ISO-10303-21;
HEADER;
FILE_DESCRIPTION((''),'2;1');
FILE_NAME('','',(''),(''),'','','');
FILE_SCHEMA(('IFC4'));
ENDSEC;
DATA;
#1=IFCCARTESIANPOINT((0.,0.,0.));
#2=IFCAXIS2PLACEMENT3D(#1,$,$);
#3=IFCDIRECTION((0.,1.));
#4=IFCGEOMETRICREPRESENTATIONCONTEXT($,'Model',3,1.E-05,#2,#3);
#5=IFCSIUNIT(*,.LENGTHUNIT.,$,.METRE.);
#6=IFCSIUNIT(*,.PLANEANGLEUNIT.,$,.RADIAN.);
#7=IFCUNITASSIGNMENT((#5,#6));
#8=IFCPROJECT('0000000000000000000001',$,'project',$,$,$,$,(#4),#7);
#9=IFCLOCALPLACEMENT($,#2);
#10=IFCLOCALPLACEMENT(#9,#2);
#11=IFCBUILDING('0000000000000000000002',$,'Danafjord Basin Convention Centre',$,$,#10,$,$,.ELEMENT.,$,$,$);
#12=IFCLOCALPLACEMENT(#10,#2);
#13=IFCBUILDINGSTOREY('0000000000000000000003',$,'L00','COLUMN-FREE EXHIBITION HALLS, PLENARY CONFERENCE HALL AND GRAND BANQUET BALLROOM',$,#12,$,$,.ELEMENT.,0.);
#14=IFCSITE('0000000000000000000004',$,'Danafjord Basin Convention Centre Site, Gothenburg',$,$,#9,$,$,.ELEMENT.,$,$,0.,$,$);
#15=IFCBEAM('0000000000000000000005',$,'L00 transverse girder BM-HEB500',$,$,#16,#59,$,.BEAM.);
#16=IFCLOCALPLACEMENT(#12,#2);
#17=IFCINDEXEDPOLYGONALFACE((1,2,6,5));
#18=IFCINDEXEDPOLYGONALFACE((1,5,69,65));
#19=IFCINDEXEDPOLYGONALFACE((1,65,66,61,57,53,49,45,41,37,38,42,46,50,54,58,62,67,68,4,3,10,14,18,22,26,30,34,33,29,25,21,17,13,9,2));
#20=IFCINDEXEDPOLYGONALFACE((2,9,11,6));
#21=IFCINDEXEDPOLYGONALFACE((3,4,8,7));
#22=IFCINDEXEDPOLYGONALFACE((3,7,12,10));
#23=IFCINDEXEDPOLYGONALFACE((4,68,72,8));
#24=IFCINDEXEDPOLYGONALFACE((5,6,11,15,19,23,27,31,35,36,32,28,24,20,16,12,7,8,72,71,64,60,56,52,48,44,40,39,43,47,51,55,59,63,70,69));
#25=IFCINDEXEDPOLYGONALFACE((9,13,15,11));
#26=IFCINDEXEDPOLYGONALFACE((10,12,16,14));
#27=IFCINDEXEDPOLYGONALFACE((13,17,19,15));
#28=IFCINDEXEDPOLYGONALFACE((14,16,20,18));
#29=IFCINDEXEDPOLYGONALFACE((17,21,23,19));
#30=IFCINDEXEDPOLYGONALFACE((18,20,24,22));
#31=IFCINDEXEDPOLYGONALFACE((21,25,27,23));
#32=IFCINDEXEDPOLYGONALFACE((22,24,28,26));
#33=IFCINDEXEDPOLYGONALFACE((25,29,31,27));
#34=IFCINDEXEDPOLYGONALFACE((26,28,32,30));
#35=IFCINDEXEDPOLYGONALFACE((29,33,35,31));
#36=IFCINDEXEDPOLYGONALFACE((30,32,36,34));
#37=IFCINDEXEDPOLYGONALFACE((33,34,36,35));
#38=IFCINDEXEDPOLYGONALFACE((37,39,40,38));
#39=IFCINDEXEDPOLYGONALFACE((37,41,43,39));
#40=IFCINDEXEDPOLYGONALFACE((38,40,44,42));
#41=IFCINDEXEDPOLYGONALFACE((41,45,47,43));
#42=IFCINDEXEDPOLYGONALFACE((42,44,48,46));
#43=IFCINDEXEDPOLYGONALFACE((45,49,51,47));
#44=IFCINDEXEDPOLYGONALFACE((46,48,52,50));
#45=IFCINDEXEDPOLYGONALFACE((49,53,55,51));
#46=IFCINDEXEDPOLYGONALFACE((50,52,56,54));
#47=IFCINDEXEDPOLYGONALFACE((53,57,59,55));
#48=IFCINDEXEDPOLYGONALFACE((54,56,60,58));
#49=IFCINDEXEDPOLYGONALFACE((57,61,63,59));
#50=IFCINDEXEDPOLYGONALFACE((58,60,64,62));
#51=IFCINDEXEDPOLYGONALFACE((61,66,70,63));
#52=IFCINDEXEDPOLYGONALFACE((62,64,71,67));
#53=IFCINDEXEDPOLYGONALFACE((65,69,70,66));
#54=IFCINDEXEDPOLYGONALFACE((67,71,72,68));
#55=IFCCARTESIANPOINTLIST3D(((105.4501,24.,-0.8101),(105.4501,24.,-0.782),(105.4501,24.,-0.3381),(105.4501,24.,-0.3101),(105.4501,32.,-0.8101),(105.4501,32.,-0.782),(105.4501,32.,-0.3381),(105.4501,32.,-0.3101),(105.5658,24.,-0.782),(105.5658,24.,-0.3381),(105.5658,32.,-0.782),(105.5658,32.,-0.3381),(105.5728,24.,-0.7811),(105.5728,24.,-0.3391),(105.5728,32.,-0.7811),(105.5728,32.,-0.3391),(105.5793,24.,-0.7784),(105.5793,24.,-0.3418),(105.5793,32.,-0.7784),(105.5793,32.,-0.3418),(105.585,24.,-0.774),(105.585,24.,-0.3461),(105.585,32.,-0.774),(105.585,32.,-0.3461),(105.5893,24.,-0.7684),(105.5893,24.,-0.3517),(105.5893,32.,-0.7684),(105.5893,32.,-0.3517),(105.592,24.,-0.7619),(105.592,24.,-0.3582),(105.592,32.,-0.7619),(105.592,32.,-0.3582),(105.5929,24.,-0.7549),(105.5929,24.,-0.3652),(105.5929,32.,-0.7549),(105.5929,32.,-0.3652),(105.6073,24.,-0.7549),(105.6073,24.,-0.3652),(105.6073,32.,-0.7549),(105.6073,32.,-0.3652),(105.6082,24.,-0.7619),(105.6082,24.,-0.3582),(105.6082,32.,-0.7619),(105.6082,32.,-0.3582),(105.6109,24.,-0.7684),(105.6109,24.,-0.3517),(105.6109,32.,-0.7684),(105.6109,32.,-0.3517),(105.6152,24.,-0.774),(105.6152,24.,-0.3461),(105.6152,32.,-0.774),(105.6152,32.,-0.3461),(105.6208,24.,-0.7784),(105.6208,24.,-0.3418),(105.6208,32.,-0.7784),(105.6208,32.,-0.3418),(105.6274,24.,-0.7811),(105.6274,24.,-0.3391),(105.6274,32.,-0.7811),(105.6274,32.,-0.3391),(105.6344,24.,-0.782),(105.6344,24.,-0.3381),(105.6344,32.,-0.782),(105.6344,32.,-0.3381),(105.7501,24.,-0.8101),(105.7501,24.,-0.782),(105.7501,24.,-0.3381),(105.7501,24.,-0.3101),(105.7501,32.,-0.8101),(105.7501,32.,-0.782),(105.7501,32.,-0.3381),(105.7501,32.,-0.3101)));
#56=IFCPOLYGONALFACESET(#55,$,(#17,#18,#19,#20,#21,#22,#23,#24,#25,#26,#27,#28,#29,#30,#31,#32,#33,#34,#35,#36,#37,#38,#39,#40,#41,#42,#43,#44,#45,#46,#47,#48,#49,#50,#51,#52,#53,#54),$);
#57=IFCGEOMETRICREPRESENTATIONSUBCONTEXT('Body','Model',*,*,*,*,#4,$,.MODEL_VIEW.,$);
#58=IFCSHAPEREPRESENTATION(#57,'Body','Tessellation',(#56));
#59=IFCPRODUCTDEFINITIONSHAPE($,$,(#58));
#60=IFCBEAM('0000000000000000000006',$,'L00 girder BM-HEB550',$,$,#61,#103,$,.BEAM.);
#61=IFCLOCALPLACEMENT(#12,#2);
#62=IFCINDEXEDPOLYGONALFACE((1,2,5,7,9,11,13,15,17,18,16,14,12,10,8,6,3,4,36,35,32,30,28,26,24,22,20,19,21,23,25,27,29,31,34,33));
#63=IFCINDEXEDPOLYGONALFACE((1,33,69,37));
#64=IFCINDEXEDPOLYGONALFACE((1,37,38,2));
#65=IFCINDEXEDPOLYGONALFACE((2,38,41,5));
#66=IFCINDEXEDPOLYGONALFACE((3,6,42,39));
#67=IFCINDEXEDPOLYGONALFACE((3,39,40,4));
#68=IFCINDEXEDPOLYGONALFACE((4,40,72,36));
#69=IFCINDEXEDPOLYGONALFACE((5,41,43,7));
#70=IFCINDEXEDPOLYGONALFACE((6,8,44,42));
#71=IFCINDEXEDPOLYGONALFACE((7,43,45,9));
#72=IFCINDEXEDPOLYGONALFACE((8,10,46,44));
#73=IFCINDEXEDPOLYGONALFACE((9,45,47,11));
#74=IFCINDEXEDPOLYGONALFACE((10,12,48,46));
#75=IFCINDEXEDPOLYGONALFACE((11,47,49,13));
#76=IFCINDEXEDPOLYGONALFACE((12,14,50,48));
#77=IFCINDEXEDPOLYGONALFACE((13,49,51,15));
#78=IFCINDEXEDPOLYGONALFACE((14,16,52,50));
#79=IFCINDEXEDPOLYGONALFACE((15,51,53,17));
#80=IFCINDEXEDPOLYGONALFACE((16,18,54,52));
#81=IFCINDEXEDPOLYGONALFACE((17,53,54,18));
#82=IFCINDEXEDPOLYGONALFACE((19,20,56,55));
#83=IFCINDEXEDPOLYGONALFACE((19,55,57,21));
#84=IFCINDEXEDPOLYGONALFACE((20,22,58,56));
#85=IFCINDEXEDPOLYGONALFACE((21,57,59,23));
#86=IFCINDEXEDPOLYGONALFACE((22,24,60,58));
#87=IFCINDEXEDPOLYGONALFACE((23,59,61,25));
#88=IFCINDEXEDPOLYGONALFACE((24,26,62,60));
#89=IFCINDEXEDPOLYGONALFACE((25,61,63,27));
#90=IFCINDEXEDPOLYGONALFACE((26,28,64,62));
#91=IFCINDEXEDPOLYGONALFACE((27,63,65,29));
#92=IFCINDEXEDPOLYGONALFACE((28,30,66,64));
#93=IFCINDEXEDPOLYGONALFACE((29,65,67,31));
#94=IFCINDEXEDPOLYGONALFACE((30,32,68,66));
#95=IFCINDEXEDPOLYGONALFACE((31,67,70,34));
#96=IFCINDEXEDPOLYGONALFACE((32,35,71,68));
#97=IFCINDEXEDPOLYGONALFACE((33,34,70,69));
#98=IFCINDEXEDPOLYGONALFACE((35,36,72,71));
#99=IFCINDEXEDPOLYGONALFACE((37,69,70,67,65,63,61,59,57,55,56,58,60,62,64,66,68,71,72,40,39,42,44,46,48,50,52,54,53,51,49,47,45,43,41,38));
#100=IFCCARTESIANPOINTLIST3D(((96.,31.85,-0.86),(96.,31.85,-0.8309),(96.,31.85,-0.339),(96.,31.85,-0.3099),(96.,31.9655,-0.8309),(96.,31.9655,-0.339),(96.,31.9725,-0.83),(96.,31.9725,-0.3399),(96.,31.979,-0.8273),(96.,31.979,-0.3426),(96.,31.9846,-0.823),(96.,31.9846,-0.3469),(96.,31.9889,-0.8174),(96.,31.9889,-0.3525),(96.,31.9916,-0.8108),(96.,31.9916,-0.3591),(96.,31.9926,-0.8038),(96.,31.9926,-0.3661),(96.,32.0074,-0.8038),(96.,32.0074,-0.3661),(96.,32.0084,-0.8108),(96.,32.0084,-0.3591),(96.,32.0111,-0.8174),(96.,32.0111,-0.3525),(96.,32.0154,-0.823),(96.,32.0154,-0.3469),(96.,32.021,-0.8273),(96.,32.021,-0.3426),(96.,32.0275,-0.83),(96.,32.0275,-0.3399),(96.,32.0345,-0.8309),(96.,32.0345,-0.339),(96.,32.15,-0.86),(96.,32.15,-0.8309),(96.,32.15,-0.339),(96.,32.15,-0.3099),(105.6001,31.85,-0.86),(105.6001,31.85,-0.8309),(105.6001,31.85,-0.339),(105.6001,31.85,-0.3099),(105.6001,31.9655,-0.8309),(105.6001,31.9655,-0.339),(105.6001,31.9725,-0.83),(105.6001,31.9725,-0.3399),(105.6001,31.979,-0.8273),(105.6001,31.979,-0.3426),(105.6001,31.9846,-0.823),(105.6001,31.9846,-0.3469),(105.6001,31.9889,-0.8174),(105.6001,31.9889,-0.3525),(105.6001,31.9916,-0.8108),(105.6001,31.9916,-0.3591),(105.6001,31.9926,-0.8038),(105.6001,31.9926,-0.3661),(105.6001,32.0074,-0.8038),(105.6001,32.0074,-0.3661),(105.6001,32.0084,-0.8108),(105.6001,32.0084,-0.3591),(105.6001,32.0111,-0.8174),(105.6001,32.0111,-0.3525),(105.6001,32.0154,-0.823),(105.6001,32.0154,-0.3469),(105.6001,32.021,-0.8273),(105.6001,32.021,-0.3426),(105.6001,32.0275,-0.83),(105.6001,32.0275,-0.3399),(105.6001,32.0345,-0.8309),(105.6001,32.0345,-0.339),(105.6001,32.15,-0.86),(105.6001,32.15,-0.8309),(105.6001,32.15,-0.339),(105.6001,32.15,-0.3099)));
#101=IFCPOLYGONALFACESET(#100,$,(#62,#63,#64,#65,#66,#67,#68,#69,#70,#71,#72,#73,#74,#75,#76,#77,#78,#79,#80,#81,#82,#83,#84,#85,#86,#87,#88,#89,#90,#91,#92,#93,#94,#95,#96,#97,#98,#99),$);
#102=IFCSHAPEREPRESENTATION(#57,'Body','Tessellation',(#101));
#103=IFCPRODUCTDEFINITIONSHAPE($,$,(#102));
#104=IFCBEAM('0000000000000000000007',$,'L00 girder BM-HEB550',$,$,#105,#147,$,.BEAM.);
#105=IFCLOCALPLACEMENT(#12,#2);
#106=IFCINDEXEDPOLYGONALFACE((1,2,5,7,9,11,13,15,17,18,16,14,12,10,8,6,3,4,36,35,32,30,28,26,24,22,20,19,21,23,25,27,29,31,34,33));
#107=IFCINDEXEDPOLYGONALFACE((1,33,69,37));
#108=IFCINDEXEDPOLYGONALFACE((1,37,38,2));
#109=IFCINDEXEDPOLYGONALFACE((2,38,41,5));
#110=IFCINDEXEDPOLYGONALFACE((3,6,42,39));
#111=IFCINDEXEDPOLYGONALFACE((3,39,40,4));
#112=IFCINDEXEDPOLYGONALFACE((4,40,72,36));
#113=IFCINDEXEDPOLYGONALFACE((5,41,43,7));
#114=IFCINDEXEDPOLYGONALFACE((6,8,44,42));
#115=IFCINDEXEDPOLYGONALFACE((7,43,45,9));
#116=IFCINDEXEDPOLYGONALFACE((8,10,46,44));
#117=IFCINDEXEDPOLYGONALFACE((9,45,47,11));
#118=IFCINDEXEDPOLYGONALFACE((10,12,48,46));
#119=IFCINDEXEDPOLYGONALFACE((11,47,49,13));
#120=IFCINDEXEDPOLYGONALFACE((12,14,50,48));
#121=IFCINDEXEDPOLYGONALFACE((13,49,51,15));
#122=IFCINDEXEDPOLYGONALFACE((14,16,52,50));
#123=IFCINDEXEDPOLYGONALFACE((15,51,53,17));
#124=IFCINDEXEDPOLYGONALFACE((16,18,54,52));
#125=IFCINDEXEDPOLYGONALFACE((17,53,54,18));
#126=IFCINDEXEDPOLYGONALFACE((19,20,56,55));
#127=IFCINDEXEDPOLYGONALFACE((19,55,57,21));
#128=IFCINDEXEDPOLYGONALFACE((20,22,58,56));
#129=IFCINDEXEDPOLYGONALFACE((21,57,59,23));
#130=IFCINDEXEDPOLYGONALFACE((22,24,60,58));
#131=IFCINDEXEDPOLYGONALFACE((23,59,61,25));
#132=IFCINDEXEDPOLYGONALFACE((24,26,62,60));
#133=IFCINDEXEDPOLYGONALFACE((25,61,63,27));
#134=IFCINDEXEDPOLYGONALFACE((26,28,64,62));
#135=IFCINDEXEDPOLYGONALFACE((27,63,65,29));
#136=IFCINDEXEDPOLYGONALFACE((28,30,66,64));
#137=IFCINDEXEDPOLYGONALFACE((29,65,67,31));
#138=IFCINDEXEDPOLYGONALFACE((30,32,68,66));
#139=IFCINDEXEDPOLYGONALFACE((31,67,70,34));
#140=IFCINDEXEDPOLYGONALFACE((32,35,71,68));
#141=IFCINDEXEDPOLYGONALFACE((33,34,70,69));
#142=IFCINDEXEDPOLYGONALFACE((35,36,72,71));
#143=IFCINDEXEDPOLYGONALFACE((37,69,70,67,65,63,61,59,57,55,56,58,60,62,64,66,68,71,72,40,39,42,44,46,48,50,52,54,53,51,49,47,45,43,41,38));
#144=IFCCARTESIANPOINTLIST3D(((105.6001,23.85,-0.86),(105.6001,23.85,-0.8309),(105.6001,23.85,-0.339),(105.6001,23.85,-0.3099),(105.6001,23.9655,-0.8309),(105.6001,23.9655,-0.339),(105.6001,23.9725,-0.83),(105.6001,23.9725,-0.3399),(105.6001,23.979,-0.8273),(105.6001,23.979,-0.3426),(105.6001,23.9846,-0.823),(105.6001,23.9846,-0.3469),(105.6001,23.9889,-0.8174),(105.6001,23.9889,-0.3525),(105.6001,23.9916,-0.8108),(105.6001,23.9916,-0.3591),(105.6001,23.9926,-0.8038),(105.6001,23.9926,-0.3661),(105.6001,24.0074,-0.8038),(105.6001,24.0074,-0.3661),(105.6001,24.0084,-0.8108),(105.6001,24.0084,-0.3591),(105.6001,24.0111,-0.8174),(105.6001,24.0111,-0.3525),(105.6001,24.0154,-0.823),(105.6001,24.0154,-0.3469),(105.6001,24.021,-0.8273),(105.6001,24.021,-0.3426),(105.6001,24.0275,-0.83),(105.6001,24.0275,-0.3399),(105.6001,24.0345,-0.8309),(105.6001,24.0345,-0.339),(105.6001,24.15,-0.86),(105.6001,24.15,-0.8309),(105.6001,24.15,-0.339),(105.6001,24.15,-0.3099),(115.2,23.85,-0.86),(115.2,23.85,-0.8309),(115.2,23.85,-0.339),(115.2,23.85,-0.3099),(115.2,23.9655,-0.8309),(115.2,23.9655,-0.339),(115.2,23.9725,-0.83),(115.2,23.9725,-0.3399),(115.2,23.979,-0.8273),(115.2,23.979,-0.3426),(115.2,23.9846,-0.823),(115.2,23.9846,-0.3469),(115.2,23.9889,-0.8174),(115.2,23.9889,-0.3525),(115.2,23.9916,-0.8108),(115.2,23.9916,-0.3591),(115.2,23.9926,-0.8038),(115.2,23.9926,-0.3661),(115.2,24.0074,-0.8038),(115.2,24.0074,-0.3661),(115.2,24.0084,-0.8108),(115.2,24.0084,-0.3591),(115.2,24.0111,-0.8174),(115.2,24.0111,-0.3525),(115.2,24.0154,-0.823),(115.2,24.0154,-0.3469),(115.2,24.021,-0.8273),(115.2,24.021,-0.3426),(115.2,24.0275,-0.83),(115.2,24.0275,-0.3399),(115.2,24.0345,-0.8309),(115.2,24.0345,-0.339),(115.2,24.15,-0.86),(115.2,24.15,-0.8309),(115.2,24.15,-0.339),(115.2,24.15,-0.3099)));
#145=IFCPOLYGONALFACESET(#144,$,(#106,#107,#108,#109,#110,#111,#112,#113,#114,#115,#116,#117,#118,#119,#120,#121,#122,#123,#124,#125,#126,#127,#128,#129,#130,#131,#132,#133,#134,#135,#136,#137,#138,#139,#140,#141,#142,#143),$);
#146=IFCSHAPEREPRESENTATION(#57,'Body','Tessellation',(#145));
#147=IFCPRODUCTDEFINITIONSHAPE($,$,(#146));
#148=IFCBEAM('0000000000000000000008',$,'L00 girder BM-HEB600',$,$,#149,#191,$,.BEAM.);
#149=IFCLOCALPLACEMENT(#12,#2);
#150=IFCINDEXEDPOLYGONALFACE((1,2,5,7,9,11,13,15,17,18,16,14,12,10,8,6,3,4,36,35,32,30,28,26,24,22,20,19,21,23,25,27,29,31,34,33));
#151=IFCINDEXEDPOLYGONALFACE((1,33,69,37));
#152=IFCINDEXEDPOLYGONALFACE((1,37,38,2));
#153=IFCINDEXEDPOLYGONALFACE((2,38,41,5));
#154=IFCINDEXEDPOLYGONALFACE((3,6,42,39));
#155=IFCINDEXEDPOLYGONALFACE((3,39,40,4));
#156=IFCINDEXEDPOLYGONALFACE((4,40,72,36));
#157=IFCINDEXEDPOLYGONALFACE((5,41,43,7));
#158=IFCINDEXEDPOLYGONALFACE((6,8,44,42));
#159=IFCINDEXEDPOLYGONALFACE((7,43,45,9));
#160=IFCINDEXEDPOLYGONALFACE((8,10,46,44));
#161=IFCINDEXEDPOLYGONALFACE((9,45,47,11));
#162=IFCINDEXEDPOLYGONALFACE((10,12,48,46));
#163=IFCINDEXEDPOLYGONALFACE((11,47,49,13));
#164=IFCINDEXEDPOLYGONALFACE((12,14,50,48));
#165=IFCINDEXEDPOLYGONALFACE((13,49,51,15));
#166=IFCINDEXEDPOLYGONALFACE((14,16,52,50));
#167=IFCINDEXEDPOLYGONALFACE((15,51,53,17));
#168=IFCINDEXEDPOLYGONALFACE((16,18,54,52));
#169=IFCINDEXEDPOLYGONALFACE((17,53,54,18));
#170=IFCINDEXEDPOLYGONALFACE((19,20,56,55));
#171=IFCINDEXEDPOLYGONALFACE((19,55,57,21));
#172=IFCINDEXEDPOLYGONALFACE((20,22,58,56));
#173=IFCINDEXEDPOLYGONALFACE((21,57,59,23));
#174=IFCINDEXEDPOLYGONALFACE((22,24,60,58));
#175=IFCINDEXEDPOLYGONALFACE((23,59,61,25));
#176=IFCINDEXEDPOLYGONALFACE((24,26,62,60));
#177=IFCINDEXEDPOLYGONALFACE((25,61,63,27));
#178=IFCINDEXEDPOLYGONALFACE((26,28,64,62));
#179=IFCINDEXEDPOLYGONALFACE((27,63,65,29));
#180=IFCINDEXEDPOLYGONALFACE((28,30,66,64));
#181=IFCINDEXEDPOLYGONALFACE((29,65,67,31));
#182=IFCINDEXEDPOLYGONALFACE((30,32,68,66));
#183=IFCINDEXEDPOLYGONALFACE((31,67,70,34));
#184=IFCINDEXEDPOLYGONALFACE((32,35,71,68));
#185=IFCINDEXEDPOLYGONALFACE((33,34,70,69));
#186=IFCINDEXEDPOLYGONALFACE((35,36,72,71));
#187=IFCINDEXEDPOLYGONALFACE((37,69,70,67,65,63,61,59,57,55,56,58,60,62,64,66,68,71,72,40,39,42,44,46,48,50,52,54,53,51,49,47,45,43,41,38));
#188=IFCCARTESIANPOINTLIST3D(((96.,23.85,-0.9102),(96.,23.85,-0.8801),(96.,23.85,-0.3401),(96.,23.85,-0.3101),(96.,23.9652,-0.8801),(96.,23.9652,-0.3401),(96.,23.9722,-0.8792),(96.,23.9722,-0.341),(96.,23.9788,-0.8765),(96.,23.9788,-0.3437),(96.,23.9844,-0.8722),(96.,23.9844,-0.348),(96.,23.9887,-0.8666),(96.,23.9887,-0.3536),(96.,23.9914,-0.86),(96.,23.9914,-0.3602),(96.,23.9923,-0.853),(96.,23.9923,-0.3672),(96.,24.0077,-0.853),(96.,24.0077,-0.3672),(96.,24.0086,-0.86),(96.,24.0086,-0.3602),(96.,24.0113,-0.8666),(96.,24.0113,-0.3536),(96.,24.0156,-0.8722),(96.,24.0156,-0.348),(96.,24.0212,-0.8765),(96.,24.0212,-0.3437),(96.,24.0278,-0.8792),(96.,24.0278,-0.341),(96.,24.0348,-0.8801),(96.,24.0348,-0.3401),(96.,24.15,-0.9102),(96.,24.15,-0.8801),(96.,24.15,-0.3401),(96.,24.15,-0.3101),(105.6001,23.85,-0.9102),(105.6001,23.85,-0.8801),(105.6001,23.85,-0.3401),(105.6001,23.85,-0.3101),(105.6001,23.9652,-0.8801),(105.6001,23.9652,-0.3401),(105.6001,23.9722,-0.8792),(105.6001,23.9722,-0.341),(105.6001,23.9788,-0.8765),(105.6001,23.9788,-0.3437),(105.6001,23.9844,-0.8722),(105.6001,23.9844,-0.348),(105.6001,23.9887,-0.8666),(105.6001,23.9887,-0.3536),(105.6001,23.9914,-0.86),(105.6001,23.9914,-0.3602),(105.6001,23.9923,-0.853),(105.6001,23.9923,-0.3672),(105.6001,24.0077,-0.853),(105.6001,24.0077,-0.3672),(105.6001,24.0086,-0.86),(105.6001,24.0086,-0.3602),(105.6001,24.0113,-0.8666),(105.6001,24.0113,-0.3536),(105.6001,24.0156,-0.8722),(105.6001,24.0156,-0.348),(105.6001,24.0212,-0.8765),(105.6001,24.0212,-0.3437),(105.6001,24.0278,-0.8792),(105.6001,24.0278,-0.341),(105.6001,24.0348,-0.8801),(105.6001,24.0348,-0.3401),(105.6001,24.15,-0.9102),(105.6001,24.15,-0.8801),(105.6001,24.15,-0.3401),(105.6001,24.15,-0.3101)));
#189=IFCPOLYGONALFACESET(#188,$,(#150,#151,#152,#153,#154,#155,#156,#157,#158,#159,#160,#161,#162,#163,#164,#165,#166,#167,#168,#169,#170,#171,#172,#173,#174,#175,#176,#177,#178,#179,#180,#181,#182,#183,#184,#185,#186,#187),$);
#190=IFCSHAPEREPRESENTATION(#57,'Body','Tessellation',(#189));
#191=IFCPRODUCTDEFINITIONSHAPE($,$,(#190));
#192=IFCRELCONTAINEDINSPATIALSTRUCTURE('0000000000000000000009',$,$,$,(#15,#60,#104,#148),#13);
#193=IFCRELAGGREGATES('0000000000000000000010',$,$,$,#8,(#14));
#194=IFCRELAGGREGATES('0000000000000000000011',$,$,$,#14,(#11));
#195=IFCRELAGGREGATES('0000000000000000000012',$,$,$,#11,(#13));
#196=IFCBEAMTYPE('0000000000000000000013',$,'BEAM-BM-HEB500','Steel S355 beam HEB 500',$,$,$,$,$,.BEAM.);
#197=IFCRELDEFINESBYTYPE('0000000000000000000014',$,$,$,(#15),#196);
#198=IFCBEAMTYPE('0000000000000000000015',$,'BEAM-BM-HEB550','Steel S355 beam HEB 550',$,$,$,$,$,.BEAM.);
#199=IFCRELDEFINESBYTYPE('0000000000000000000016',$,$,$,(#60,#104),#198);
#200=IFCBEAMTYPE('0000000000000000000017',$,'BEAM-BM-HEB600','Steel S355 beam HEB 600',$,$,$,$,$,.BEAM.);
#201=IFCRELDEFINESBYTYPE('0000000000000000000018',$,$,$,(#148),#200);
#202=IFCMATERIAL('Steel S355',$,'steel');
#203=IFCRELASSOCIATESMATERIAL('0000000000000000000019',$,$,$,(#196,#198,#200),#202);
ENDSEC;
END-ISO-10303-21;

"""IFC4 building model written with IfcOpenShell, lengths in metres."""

from ifc_helpers import new_model, si_unit, direction, frame, origin, origin_2d, place, context, subcontext, project, spatial, i_section, extrude, material, material_profile, profile_set, type_object, element, save


model = new_model("IFC4")

# Units and contexts
model_context = context("Model", 3, precision=1e-05, world=origin(), true_north=direction((0.0, 1.0)))
body_context = subcontext(model_context, "Body", "Model", "MODEL_VIEW")
ifc_project = project(units=[si_unit("LENGTHUNIT", "METRE"), si_unit("PLANEANGLEUNIT", "RADIAN")], contexts=[model_context])

# Site, building, storey
site_placement = place(None, origin())
site = spatial("IfcSite", under=ifc_project, at=site_placement, Name="Danafjord Basin Convention Centre Site, Gothenburg", CompositionType="ELEMENT", RefElevation=0.0)
building_placement = place(site_placement, origin())
building = spatial("IfcBuilding", under=site, at=building_placement, Name="Danafjord Basin Convention Centre", CompositionType="ELEMENT")
storey_placement = place(building_placement, origin())
storey = spatial("IfcBuildingStorey", under=building, at=storey_placement, Name="L00", Description="COLUMN-FREE EXHIBITION HALLS, PLENARY CONFERENCE HALL AND GRAND BANQUET BALLROOM", CompositionType="ELEMENT", Elevation=0.0)

# Shared definitions
ifc_material_1 = material(Name="Steel S355", Category="steel")

# Beams
ifc_material_profile_1 = material_profile(ifc_material_1, i_section(OverallWidth=0.3, OverallDepth=0.5, WebThickness=0.0144, FlangeThickness=0.0281, FilletRadius=0.0271, at=origin_2d()), Name="HEB 500")
ifc_profile_set_1 = profile_set([ifc_material_profile_1], Name="Steel S355")
beam_type_1 = type_object("IfcBeamType", Name="BEAM-BM-HEB500", Description="Steel S355 beam HEB 500", PredefinedType="BEAM", material=ifc_profile_set_1)
for number, where, z_axis, x_axis, name in (
    (1, (105.6001, 24.0, -0.5601), (0.0, 1.0, 0.0), (-1.0, 0.0, 0.0), "L00 transverse girder BM-HEB500"),
):
    element("IfcBeam", number, at=place(storey_placement, frame(where, z_axis=z_axis, x_axis=x_axis)), inside=storey, type_object=beam_type_1, Name=name, PredefinedType="BEAM", context=body_context, shape_type="SweptSolid", body=[
        extrude(i_section(OverallWidth=0.3, OverallDepth=0.5, WebThickness=0.0144, FlangeThickness=0.0281, FilletRadius=0.0271, at=origin_2d()), origin(), (0.0, 0.0, 1.0), 8.0),
    ])
ifc_material_profile_2 = material_profile(ifc_material_1, i_section(OverallWidth=0.3, OverallDepth=0.55, WebThickness=0.0149, FlangeThickness=0.0291, FilletRadius=0.0271, at=origin_2d()), Name="HEB 550")
ifc_profile_set_2 = profile_set([ifc_material_profile_2], Name="Steel S355")
beam_type_2 = type_object("IfcBeamType", Name="BEAM-BM-HEB550", Description="Steel S355 beam HEB 550", PredefinedType="BEAM", material=ifc_profile_set_2)
beam_1_placement = place(storey_placement, frame((96.0, 32.0, -0.585), z_axis=(1.0, 0.0, 0.0), x_axis=(0.0, 1.0, 0.0)))
element("IfcBeam", 2, at=beam_1_placement, inside=storey, type_object=beam_type_2, Name="L00 girder BM-HEB550", PredefinedType="BEAM", context=body_context, shape_type="SweptSolid", body=[
    extrude(i_section(OverallWidth=0.3, OverallDepth=0.55, WebThickness=0.0149, FlangeThickness=0.0291, FilletRadius=0.0271, at=origin_2d()), origin(), (0.0, 0.0, 1.0), 9.6001),
])
beam_2_placement = place(storey_placement, frame((105.6001, 24.0, -0.585), z_axis=(1.0, 0.0, 0.0), x_axis=(0.0, 1.0, 0.0)))
element("IfcBeam", 3, at=beam_2_placement, inside=storey, type_object=beam_type_2, Name="L00 girder BM-HEB550", PredefinedType="BEAM", context=body_context, shape_type="SweptSolid", body=[
    extrude(i_section(OverallWidth=0.3, OverallDepth=0.55, WebThickness=0.0149, FlangeThickness=0.0291, FilletRadius=0.0271, at=origin_2d()), origin(), (0.0, 0.0, 1.0), 9.5999),
])
ifc_material_profile_3 = material_profile(ifc_material_1, i_section(OverallWidth=0.3, OverallDepth=0.6001, WebThickness=0.0154, FlangeThickness=0.03, FilletRadius=0.0271, at=origin_2d()), Name="HEB 600")
ifc_profile_set_3 = profile_set([ifc_material_profile_3], Name="Steel S355")
beam_type_3 = type_object("IfcBeamType", Name="BEAM-BM-HEB600", Description="Steel S355 beam HEB 600", PredefinedType="BEAM", material=ifc_profile_set_3)
beam_3_placement = place(storey_placement, frame((96.0, 24.0, -0.6101), z_axis=(1.0, 0.0, 0.0), x_axis=(0.0, 1.0, 0.0)))
element("IfcBeam", 4, at=beam_3_placement, inside=storey, type_object=beam_type_3, Name="L00 girder BM-HEB600", PredefinedType="BEAM", context=body_context, shape_type="SweptSolid", body=[
    extrude(i_section(OverallWidth=0.3, OverallDepth=0.6001, WebThickness=0.0154, FlangeThickness=0.03, FilletRadius=0.0271, at=origin_2d()), origin(), (0.0, 0.0, 1.0), 9.6001),
])

save(model, "model.ifc")
